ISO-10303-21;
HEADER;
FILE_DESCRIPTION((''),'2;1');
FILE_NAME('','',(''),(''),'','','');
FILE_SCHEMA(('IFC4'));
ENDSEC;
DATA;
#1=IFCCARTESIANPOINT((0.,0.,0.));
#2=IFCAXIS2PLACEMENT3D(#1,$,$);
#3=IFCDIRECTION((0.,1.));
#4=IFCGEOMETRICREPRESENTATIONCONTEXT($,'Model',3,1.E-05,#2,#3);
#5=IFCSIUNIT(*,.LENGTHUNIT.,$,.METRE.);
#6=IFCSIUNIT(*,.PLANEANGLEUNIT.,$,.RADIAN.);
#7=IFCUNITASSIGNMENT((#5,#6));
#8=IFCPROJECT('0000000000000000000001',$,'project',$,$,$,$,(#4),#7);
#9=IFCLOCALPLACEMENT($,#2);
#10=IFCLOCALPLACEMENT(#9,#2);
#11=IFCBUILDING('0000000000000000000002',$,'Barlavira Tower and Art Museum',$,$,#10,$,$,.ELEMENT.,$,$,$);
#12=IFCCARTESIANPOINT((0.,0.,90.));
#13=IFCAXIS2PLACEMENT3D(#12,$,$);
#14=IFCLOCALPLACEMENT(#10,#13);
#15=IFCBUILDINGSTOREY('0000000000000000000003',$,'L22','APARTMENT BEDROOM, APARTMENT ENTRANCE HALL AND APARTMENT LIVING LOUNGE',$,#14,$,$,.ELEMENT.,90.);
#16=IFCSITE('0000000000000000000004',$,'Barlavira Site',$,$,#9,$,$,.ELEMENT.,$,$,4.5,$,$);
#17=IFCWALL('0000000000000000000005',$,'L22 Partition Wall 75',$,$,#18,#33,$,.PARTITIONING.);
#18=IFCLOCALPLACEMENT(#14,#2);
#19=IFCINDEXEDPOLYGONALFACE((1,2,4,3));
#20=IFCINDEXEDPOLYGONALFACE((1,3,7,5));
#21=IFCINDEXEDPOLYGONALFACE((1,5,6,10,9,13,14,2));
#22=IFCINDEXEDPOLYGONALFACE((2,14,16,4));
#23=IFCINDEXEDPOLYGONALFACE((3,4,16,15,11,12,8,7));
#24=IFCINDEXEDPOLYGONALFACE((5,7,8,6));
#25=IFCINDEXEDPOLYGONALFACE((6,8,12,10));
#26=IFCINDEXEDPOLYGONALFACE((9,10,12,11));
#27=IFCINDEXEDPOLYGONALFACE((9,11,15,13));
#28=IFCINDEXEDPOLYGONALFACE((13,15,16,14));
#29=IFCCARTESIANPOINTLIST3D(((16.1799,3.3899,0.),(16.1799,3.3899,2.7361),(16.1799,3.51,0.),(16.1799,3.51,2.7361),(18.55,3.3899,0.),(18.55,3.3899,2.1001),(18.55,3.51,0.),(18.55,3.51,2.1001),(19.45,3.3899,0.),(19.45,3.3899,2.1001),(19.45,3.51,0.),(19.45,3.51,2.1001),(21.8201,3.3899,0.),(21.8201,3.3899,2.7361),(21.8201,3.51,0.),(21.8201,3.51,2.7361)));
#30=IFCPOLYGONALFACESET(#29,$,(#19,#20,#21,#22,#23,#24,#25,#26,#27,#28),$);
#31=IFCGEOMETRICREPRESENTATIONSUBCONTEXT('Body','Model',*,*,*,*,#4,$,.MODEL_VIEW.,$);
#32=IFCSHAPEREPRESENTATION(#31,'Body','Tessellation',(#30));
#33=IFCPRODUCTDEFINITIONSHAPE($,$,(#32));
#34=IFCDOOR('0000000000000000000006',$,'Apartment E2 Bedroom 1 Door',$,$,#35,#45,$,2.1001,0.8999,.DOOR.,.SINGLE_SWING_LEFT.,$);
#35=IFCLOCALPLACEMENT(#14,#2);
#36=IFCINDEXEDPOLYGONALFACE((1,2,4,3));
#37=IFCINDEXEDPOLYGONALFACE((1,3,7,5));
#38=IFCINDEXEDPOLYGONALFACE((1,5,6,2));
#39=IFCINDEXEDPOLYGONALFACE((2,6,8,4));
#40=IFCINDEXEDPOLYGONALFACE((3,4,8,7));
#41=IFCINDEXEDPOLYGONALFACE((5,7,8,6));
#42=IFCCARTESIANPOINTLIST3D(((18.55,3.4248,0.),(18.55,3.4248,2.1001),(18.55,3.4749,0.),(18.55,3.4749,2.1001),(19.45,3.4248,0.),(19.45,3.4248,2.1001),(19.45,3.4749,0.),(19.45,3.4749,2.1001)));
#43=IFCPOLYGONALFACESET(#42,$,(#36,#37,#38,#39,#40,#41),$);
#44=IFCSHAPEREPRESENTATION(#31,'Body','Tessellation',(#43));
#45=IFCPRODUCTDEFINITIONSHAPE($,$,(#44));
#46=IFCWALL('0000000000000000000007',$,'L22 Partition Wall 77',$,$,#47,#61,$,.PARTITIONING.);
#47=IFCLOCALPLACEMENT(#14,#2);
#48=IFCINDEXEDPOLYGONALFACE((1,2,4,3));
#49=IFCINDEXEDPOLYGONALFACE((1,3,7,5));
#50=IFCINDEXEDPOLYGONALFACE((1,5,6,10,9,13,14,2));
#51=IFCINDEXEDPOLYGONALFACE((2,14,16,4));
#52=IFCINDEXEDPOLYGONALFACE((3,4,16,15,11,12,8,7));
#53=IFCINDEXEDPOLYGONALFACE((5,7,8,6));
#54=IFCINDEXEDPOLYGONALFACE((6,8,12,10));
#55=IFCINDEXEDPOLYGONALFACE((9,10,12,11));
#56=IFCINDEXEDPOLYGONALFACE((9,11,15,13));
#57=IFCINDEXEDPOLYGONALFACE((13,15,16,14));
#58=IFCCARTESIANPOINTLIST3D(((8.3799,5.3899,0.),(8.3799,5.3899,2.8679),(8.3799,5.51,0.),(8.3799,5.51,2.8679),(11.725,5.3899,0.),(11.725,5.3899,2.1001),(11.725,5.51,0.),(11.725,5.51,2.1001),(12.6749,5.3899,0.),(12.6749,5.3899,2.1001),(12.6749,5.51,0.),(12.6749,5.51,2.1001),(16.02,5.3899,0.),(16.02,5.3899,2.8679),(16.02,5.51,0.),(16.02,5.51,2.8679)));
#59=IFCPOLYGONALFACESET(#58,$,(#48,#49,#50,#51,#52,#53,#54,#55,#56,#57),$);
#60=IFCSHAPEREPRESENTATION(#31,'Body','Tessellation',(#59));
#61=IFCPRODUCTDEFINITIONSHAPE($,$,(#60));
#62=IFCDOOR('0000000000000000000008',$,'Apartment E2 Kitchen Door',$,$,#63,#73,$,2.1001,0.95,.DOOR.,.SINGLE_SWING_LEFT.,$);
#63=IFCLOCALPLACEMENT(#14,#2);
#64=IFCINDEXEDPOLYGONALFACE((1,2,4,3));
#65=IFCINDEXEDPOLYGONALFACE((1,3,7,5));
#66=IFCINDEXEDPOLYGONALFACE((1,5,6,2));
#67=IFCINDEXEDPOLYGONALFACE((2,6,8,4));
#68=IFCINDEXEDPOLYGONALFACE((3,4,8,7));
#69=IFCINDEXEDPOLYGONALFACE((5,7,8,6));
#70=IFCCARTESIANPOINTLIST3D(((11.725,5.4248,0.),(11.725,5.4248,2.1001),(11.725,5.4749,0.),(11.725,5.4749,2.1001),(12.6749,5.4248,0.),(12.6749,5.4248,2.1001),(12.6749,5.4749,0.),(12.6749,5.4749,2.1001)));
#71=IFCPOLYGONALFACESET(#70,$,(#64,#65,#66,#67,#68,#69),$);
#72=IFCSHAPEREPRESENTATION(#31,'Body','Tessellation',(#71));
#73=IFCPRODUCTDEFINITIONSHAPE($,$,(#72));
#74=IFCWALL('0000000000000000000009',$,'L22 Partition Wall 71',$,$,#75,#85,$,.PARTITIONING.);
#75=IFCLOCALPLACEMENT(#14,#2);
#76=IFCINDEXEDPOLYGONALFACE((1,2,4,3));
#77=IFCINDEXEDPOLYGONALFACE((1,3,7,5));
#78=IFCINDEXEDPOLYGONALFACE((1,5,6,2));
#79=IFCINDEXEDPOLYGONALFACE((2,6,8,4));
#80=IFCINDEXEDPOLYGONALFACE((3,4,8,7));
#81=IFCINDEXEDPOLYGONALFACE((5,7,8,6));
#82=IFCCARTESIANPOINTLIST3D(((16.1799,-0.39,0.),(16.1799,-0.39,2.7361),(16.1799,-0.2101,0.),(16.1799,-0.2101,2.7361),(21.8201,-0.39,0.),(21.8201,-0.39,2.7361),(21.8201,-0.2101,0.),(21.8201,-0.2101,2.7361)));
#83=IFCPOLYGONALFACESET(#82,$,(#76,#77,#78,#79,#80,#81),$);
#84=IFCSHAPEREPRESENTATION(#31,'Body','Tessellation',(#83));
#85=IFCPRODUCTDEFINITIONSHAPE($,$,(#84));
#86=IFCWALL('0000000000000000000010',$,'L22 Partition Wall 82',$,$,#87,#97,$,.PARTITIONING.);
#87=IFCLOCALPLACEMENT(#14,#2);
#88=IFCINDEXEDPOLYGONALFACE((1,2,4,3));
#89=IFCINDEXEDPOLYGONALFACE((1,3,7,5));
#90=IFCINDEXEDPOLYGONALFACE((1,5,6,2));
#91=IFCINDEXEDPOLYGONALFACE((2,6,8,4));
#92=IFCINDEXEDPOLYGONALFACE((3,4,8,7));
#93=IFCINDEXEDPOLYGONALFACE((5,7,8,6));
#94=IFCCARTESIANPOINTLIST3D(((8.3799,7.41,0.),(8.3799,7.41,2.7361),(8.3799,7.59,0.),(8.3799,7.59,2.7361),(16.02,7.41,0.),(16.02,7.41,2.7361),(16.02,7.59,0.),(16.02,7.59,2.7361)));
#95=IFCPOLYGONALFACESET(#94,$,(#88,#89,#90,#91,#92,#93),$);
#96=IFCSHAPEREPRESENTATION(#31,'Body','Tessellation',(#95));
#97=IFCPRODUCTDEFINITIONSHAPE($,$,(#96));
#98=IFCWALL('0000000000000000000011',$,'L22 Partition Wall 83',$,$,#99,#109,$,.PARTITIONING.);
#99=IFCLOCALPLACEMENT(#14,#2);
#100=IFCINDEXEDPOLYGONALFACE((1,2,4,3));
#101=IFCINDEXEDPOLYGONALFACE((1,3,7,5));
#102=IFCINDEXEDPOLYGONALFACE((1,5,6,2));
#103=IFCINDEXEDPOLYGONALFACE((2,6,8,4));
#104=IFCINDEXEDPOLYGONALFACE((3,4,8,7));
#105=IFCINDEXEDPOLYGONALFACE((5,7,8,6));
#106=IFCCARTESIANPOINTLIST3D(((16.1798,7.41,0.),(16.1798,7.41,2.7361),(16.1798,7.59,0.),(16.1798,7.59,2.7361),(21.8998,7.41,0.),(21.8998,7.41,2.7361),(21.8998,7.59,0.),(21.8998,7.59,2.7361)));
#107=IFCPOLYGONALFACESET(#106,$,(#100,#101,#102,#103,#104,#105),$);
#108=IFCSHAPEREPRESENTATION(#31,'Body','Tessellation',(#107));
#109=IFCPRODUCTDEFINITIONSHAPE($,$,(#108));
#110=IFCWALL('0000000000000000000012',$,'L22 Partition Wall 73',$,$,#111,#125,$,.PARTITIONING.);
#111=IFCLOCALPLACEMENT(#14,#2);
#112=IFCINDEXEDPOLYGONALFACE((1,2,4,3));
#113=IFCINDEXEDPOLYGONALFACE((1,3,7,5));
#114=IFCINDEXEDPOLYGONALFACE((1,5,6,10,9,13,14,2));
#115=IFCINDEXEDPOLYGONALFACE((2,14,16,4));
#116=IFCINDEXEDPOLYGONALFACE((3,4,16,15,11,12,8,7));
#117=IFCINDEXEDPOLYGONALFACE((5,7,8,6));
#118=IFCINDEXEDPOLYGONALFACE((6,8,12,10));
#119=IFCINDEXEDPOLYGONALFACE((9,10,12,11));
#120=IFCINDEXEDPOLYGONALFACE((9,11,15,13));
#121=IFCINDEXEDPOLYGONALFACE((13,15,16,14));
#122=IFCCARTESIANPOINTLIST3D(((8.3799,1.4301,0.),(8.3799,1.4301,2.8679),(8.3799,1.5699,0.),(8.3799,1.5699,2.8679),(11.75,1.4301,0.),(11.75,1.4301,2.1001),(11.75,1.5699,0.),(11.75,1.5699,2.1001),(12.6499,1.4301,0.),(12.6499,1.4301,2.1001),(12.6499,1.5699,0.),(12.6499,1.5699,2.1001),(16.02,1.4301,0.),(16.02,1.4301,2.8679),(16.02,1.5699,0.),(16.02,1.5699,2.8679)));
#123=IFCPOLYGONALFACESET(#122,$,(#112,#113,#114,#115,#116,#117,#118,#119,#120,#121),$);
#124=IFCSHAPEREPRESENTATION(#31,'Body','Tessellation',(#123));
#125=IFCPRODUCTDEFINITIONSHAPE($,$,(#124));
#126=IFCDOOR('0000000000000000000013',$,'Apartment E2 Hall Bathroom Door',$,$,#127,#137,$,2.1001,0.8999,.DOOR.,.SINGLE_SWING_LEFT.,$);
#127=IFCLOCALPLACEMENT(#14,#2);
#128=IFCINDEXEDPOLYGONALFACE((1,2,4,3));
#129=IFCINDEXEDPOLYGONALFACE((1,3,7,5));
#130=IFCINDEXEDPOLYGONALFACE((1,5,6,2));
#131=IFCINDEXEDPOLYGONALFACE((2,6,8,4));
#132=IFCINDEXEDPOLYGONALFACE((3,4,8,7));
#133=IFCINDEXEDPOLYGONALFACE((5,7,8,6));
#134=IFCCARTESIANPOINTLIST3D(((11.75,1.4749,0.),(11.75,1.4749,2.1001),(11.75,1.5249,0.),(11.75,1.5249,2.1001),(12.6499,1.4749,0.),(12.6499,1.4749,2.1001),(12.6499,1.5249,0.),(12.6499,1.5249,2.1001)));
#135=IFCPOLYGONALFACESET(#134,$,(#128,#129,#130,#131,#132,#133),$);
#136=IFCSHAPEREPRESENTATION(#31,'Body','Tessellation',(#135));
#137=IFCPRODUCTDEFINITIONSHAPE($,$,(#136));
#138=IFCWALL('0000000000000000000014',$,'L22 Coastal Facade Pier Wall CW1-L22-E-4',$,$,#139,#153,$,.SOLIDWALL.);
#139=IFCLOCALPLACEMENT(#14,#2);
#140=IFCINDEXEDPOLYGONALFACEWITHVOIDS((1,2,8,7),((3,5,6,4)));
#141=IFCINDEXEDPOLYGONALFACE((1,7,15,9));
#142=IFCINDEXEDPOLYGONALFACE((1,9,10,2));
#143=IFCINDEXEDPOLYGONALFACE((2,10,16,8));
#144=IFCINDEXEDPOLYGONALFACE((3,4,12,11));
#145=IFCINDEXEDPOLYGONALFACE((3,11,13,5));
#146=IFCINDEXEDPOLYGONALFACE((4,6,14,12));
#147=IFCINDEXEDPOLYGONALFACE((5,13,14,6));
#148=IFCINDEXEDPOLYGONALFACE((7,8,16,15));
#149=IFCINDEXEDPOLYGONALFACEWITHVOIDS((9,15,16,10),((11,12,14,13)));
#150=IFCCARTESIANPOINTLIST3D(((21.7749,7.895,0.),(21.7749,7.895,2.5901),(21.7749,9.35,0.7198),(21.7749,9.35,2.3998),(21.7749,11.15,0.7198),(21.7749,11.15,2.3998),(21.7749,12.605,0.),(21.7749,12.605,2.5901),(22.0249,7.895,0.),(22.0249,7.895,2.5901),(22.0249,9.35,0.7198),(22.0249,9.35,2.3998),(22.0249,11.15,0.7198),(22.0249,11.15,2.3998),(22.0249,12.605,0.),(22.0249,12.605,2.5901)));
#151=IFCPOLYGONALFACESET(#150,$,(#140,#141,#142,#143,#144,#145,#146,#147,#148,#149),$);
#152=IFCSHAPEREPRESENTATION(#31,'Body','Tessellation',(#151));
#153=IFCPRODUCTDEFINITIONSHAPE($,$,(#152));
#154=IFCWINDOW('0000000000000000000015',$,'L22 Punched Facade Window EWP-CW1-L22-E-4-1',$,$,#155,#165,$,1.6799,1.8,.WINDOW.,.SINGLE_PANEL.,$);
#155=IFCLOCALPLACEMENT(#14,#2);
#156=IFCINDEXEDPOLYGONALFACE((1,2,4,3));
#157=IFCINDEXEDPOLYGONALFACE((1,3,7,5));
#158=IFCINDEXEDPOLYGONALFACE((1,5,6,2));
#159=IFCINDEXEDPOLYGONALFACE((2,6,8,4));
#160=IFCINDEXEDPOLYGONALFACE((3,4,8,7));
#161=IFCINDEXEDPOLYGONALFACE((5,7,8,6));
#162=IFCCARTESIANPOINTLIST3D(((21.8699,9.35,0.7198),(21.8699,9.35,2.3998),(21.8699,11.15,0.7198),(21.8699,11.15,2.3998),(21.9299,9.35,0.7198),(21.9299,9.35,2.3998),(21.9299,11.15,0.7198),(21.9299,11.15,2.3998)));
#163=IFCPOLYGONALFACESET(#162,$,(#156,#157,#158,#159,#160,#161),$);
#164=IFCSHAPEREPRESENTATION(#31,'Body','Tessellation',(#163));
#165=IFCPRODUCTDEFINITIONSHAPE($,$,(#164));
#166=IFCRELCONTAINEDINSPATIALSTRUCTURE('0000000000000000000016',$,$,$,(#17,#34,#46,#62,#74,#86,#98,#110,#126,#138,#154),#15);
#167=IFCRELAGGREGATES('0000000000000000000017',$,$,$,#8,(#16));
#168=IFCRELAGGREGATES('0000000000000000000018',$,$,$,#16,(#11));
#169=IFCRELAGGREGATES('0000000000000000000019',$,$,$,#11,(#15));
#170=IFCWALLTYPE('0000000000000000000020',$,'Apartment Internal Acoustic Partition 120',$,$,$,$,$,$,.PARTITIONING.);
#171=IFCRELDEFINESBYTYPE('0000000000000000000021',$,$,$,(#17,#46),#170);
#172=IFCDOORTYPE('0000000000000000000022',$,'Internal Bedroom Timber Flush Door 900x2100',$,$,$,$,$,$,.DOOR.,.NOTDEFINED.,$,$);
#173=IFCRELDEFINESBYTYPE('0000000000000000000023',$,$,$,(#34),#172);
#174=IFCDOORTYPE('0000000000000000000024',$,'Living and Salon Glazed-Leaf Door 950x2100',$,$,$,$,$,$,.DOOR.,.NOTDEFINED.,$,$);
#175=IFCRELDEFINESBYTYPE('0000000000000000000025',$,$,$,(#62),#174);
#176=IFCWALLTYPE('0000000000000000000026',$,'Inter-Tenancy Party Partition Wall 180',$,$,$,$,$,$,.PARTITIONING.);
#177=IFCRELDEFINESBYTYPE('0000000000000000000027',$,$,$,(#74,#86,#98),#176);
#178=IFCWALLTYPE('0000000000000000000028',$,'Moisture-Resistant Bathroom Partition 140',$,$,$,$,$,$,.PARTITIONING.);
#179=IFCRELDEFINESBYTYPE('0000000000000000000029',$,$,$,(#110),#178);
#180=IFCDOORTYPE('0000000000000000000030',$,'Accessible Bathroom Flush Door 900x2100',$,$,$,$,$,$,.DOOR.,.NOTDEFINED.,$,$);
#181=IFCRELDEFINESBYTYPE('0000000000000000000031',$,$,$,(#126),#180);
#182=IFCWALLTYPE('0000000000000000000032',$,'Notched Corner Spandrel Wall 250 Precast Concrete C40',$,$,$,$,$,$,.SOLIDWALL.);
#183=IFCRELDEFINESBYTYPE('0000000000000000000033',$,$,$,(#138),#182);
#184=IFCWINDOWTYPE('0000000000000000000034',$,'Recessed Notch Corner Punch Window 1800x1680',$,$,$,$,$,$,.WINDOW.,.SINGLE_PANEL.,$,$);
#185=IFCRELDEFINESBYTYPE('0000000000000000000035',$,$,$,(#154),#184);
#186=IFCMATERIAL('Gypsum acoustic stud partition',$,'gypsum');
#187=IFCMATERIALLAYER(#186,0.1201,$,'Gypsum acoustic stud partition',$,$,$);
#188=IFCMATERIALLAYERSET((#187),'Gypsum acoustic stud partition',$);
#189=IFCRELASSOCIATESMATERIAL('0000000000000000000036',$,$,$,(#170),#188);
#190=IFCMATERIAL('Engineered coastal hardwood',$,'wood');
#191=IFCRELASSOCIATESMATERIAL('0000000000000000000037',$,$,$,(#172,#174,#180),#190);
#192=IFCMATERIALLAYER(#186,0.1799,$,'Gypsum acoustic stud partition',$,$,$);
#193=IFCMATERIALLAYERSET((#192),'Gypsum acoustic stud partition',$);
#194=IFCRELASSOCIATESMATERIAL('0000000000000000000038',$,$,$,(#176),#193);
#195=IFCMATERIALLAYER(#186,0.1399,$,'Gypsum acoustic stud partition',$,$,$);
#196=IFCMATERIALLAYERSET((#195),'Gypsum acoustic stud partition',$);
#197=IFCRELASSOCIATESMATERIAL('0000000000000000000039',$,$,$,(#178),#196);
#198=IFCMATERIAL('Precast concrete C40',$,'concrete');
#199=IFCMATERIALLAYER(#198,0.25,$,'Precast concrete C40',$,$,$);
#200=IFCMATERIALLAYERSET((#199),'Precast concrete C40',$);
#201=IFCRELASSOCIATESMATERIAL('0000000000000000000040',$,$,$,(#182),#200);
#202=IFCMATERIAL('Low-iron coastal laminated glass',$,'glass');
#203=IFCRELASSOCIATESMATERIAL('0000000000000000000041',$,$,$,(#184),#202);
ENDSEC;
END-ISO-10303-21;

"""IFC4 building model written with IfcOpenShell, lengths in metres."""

from ifc_helpers import new_model, si_unit, direction, frame, frame_2d, origin, place, context, subcontext, project, spatial, rectangle, extrude, material, layer, layer_set, type_object, element, fill, save


model = new_model("IFC4")

# Units and contexts
model_context = context("Model", 3, precision=1e-05, world=origin(), true_north=direction((0.0, 1.0)))
body_context = subcontext(model_context, "Body", "Model", "MODEL_VIEW")
ifc_project = project(units=[si_unit("LENGTHUNIT", "METRE"), si_unit("PLANEANGLEUNIT", "RADIAN")], contexts=[model_context])

# Site, building, storey
site_placement = place(None, origin())
site = spatial("IfcSite", under=ifc_project, at=site_placement, Name="Barlavira Site", CompositionType="ELEMENT", RefElevation=4.5)
building_placement = place(site_placement, origin())
building = spatial("IfcBuilding", under=site, at=building_placement, Name="Barlavira Tower and Art Museum", CompositionType="ELEMENT")
storey_placement = place(building_placement, frame((0.0, 0.0, 90.0)))
storey = spatial("IfcBuildingStorey", under=building, at=storey_placement, Name="L22", Description="APARTMENT BEDROOM, APARTMENT ENTRANCE HALL AND APARTMENT LIVING LOUNGE", CompositionType="ELEMENT", Elevation=90.0)

# Shared definitions
ifc_material_1 = material(Name="Low-iron coastal laminated glass", Category="glass")

# Walls, openings, doors
ifc_material_2 = material(Name="Gypsum acoustic stud partition", Category="gypsum")
ifc_layer_1 = layer(ifc_material_2, 0.1201, Name="Gypsum acoustic stud partition")
ifc_layer_set_1 = layer_set([ifc_layer_1], Name="Gypsum acoustic stud partition")
wall_type_1 = type_object("IfcWallType", Name="Apartment Internal Acoustic Partition 120", PredefinedType="PARTITIONING", material=ifc_layer_set_1)
wall_1_placement = place(storey_placement, frame((16.1799, 3.45, 0.0), z_axis=(0.0, 0.0, 1.0), x_axis=(1.0, 0.0, 0.0)))
wall_1 = element("IfcWall", 1, at=wall_1_placement, inside=storey, type_object=wall_type_1, Name="L22 Partition Wall 75", PredefinedType="PARTITIONING", context=body_context, shape_type="SweptSolid", body=[
    extrude(rectangle(XDim=5.6401, YDim=0.1201, at=frame_2d((2.8201, 0.0))), origin(), (0.0, 0.0, 1.0), 2.7361),
])
opening_1_placement = place(wall_1_placement, frame((2.3701, 0.0, 0.0)))
opening_1 = element("IfcOpeningElement", 2, at=opening_1_placement, cuts=wall_1, PredefinedType="OPENING", context=body_context, shape_type="SweptSolid", body=[
    extrude(rectangle(XDim=0.8999, YDim=2.1001, at=frame_2d((0.45, 1.05))), frame((0.0, 0.0701, 0.0), z_axis=(0.0, -1.0, 0.0), x_axis=(1.0, 0.0, 0.0)), (0.0, 0.0, 1.0), 0.1401),
])
ifc_material_3 = material(Name="Engineered coastal hardwood", Category="wood")
door_type_1 = type_object("IfcDoorType", Name="Internal Bedroom Timber Flush Door 900x2100", OperationType="NOTDEFINED", PredefinedType="DOOR", material=ifc_material_3)
door_1_placement = place(opening_1_placement, origin())
door_1 = element("IfcDoor", 3, at=door_1_placement, inside=storey, type_object=door_type_1, Name="Apartment E2 Bedroom 1 Door", OperationType="SINGLE_SWING_LEFT", OverallHeight=2.1001, OverallWidth=0.8999, PredefinedType="DOOR", context=body_context, shape_type="SweptSolid", body=[
    extrude(rectangle(XDim=0.8999, YDim=2.1001, at=frame_2d((0.45, 1.05))), frame((0.0, 0.0249, 0.0), z_axis=(0.0, -1.0, 0.0), x_axis=(1.0, 0.0, 0.0)), (0.0, 0.0, 1.0), 0.05),
])
fill(opening_1, door_1)
wall_2_placement = place(storey_placement, frame((8.3799, 5.45, 0.0), z_axis=(0.0, 0.0, 1.0), x_axis=(1.0, 0.0, 0.0)))
wall_2 = element("IfcWall", 4, at=wall_2_placement, inside=storey, type_object=wall_type_1, Name="L22 Partition Wall 77", PredefinedType="PARTITIONING", context=body_context, shape_type="SweptSolid", body=[
    extrude(rectangle(XDim=7.6401, YDim=0.1201, at=frame_2d((3.8201, 0.0))), origin(), (0.0, 0.0, 1.0), 2.8679),
])
opening_2_placement = place(wall_2_placement, frame((3.345, 0.0, 0.0)))
opening_2 = element("IfcOpeningElement", 5, at=opening_2_placement, cuts=wall_2, PredefinedType="OPENING", context=body_context, shape_type="SweptSolid", body=[
    extrude(rectangle(XDim=0.95, YDim=2.1001, at=frame_2d((0.4751, 1.05))), frame((0.0, 0.0701, 0.0), z_axis=(0.0, -1.0, 0.0), x_axis=(1.0, 0.0, 0.0)), (0.0, 0.0, 1.0), 0.1401),
])
door_type_2 = type_object("IfcDoorType", Name="Living and Salon Glazed-Leaf Door 950x2100", OperationType="NOTDEFINED", PredefinedType="DOOR", material=ifc_material_3)
door_2_placement = place(opening_2_placement, origin())
door_2 = element("IfcDoor", 6, at=door_2_placement, inside=storey, type_object=door_type_2, Name="Apartment E2 Kitchen Door", OperationType="SINGLE_SWING_LEFT", OverallHeight=2.1001, OverallWidth=0.95, PredefinedType="DOOR", context=body_context, shape_type="SweptSolid", body=[
    extrude(rectangle(XDim=0.95, YDim=2.1001, at=frame_2d((0.4751, 1.05))), frame((0.0, 0.0249, 0.0), z_axis=(0.0, -1.0, 0.0), x_axis=(1.0, 0.0, 0.0)), (0.0, 0.0, 1.0), 0.05),
])
fill(opening_2, door_2)

# Walls
ifc_layer_2 = layer(ifc_material_2, 0.1799, Name="Gypsum acoustic stud partition")
ifc_layer_set_2 = layer_set([ifc_layer_2], Name="Gypsum acoustic stud partition")
wall_type_2 = type_object("IfcWallType", Name="Inter-Tenancy Party Partition Wall 180", PredefinedType="PARTITIONING", material=ifc_layer_set_2)
wall_3_placement = place(storey_placement, frame((16.1799, -0.3, 0.0), z_axis=(0.0, 0.0, 1.0), x_axis=(1.0, 0.0, 0.0)))
element("IfcWall", 7, at=wall_3_placement, inside=storey, type_object=wall_type_2, Name="L22 Partition Wall 71", PredefinedType="PARTITIONING", context=body_context, shape_type="SweptSolid", body=[
    extrude(rectangle(XDim=5.6401, YDim=0.1799, at=frame_2d((2.8201, 0.0))), origin(), (0.0, 0.0, 1.0), 2.7361),
])
wall_4_placement = place(storey_placement, frame((8.3799, 7.5, 0.0), z_axis=(0.0, 0.0, 1.0), x_axis=(1.0, 0.0, 0.0)))
element("IfcWall", 8, at=wall_4_placement, inside=storey, type_object=wall_type_2, Name="L22 Partition Wall 82", PredefinedType="PARTITIONING", context=body_context, shape_type="SweptSolid", body=[
    extrude(rectangle(XDim=7.6401, YDim=0.1799, at=frame_2d((3.8201, 0.0))), origin(), (0.0, 0.0, 1.0), 2.7361),
])
wall_5_placement = place(storey_placement, frame((16.1799, 7.5, 0.0), z_axis=(0.0, 0.0, 1.0), x_axis=(1.0, 0.0, 0.0)))
element("IfcWall", 9, at=wall_5_placement, inside=storey, type_object=wall_type_2, Name="L22 Partition Wall 83", PredefinedType="PARTITIONING", context=body_context, shape_type="SweptSolid", body=[
    extrude(rectangle(XDim=5.72, YDim=0.1799, at=frame_2d((2.8599, 0.0))), origin(), (0.0, 0.0, 1.0), 2.7361),
])

# Wall, opening, door
ifc_layer_3 = layer(ifc_material_2, 0.1399, Name="Gypsum acoustic stud partition")
ifc_layer_set_3 = layer_set([ifc_layer_3], Name="Gypsum acoustic stud partition")
wall_type_3 = type_object("IfcWallType", Name="Moisture-Resistant Bathroom Partition 140", PredefinedType="PARTITIONING", material=ifc_layer_set_3)
wall_6_placement = place(storey_placement, frame((8.3799, 1.5, 0.0), z_axis=(0.0, 0.0, 1.0), x_axis=(1.0, 0.0, 0.0)))
wall_6 = element("IfcWall", 10, at=wall_6_placement, inside=storey, type_object=wall_type_3, Name="L22 Partition Wall 73", PredefinedType="PARTITIONING", context=body_context, shape_type="SweptSolid", body=[
    extrude(rectangle(XDim=7.6401, YDim=0.1399, at=frame_2d((3.8201, 0.0))), origin(), (0.0, 0.0, 1.0), 2.8679),
])
opening_3_placement = place(wall_6_placement, frame((3.3701, 0.0, 0.0)))
opening_3 = element("IfcOpeningElement", 11, at=opening_3_placement, cuts=wall_6, PredefinedType="OPENING", context=body_context, shape_type="SweptSolid", body=[
    extrude(rectangle(XDim=0.8999, YDim=2.1001, at=frame_2d((0.45, 1.05))), frame((0.0, 0.0801, 0.0), z_axis=(0.0, -1.0, 0.0), x_axis=(1.0, 0.0, 0.0)), (0.0, 0.0, 1.0), 0.1599),
])
door_type_3 = type_object("IfcDoorType", Name="Accessible Bathroom Flush Door 900x2100", OperationType="NOTDEFINED", PredefinedType="DOOR", material=ifc_material_3)
door_3_placement = place(opening_3_placement, origin())
door_3 = element("IfcDoor", 12, at=door_3_placement, inside=storey, type_object=door_type_3, Name="Apartment E2 Hall Bathroom Door", OperationType="SINGLE_SWING_LEFT", OverallHeight=2.1001, OverallWidth=0.8999, PredefinedType="DOOR", context=body_context, shape_type="SweptSolid", body=[
    extrude(rectangle(XDim=0.8999, YDim=2.1001, at=frame_2d((0.45, 1.05))), frame((0.0, 0.0249, 0.0), z_axis=(0.0, -1.0, 0.0), x_axis=(1.0, 0.0, 0.0)), (0.0, 0.0, 1.0), 0.05),
])
fill(opening_3, door_3)

# Wall, opening, window
ifc_material_4 = material(Name="Precast concrete C40", Category="concrete")
ifc_layer_4 = layer(ifc_material_4, 0.25, Name="Precast concrete C40")
ifc_layer_set_4 = layer_set([ifc_layer_4], Name="Precast concrete C40")
wall_type_4 = type_object("IfcWallType", Name="Notched Corner Spandrel Wall 250 Precast Concrete C40", PredefinedType="SOLIDWALL", material=ifc_layer_set_4)
wall_7_placement = place(storey_placement, frame((21.8999, 7.895, 0.0), z_axis=(0.0, 0.0, 1.0), x_axis=(0.0, 1.0, 0.0)))
wall_7 = element("IfcWall", 13, at=wall_7_placement, inside=storey, type_object=wall_type_4, Name="L22 Coastal Facade Pier Wall CW1-L22-E-4", PredefinedType="SOLIDWALL", context=body_context, shape_type="SweptSolid", body=[
    extrude(rectangle(XDim=4.71, YDim=0.25, at=frame_2d((2.355, 0.0))), origin(), (0.0, 0.0, 1.0), 2.5901),
])
opening_4_placement = place(wall_7_placement, frame((1.4551, 0.0, 0.72)))
opening_4 = element("IfcOpeningElement", 14, at=opening_4_placement, cuts=wall_7, PredefinedType="OPENING", context=body_context, shape_type="SweptSolid", body=[
    extrude(rectangle(XDim=1.8, YDim=1.6799, at=frame_2d((0.8999, 0.8398))), frame((0.0, 0.135, 0.0), z_axis=(0.0, -1.0, 0.0), x_axis=(1.0, 0.0, 0.0)), (0.0, 0.0, 1.0), 0.27),
])
window_type = type_object("IfcWindowType", Name="Recessed Notch Corner Punch Window 1800x1680", PartitioningType="SINGLE_PANEL", PredefinedType="WINDOW", material=ifc_material_1)
window_placement = place(opening_4_placement, origin())
window = element("IfcWindow", 15, at=window_placement, inside=storey, type_object=window_type, Name="L22 Punched Facade Window EWP-CW1-L22-E-4-1", OverallHeight=1.6799, OverallWidth=1.8, PartitioningType="SINGLE_PANEL", PredefinedType="WINDOW", context=body_context, shape_type="SweptSolid", body=[
    extrude(rectangle(XDim=1.8, YDim=1.6799, at=frame_2d((0.8999, 0.8398))), frame((0.0, 0.03, 0.0), z_axis=(0.0, -1.0, 0.0), x_axis=(1.0, 0.0, 0.0)), (0.0, 0.0, 1.0), 0.0601),
])
fill(opening_4, window)

save(model, "model.ifc")
